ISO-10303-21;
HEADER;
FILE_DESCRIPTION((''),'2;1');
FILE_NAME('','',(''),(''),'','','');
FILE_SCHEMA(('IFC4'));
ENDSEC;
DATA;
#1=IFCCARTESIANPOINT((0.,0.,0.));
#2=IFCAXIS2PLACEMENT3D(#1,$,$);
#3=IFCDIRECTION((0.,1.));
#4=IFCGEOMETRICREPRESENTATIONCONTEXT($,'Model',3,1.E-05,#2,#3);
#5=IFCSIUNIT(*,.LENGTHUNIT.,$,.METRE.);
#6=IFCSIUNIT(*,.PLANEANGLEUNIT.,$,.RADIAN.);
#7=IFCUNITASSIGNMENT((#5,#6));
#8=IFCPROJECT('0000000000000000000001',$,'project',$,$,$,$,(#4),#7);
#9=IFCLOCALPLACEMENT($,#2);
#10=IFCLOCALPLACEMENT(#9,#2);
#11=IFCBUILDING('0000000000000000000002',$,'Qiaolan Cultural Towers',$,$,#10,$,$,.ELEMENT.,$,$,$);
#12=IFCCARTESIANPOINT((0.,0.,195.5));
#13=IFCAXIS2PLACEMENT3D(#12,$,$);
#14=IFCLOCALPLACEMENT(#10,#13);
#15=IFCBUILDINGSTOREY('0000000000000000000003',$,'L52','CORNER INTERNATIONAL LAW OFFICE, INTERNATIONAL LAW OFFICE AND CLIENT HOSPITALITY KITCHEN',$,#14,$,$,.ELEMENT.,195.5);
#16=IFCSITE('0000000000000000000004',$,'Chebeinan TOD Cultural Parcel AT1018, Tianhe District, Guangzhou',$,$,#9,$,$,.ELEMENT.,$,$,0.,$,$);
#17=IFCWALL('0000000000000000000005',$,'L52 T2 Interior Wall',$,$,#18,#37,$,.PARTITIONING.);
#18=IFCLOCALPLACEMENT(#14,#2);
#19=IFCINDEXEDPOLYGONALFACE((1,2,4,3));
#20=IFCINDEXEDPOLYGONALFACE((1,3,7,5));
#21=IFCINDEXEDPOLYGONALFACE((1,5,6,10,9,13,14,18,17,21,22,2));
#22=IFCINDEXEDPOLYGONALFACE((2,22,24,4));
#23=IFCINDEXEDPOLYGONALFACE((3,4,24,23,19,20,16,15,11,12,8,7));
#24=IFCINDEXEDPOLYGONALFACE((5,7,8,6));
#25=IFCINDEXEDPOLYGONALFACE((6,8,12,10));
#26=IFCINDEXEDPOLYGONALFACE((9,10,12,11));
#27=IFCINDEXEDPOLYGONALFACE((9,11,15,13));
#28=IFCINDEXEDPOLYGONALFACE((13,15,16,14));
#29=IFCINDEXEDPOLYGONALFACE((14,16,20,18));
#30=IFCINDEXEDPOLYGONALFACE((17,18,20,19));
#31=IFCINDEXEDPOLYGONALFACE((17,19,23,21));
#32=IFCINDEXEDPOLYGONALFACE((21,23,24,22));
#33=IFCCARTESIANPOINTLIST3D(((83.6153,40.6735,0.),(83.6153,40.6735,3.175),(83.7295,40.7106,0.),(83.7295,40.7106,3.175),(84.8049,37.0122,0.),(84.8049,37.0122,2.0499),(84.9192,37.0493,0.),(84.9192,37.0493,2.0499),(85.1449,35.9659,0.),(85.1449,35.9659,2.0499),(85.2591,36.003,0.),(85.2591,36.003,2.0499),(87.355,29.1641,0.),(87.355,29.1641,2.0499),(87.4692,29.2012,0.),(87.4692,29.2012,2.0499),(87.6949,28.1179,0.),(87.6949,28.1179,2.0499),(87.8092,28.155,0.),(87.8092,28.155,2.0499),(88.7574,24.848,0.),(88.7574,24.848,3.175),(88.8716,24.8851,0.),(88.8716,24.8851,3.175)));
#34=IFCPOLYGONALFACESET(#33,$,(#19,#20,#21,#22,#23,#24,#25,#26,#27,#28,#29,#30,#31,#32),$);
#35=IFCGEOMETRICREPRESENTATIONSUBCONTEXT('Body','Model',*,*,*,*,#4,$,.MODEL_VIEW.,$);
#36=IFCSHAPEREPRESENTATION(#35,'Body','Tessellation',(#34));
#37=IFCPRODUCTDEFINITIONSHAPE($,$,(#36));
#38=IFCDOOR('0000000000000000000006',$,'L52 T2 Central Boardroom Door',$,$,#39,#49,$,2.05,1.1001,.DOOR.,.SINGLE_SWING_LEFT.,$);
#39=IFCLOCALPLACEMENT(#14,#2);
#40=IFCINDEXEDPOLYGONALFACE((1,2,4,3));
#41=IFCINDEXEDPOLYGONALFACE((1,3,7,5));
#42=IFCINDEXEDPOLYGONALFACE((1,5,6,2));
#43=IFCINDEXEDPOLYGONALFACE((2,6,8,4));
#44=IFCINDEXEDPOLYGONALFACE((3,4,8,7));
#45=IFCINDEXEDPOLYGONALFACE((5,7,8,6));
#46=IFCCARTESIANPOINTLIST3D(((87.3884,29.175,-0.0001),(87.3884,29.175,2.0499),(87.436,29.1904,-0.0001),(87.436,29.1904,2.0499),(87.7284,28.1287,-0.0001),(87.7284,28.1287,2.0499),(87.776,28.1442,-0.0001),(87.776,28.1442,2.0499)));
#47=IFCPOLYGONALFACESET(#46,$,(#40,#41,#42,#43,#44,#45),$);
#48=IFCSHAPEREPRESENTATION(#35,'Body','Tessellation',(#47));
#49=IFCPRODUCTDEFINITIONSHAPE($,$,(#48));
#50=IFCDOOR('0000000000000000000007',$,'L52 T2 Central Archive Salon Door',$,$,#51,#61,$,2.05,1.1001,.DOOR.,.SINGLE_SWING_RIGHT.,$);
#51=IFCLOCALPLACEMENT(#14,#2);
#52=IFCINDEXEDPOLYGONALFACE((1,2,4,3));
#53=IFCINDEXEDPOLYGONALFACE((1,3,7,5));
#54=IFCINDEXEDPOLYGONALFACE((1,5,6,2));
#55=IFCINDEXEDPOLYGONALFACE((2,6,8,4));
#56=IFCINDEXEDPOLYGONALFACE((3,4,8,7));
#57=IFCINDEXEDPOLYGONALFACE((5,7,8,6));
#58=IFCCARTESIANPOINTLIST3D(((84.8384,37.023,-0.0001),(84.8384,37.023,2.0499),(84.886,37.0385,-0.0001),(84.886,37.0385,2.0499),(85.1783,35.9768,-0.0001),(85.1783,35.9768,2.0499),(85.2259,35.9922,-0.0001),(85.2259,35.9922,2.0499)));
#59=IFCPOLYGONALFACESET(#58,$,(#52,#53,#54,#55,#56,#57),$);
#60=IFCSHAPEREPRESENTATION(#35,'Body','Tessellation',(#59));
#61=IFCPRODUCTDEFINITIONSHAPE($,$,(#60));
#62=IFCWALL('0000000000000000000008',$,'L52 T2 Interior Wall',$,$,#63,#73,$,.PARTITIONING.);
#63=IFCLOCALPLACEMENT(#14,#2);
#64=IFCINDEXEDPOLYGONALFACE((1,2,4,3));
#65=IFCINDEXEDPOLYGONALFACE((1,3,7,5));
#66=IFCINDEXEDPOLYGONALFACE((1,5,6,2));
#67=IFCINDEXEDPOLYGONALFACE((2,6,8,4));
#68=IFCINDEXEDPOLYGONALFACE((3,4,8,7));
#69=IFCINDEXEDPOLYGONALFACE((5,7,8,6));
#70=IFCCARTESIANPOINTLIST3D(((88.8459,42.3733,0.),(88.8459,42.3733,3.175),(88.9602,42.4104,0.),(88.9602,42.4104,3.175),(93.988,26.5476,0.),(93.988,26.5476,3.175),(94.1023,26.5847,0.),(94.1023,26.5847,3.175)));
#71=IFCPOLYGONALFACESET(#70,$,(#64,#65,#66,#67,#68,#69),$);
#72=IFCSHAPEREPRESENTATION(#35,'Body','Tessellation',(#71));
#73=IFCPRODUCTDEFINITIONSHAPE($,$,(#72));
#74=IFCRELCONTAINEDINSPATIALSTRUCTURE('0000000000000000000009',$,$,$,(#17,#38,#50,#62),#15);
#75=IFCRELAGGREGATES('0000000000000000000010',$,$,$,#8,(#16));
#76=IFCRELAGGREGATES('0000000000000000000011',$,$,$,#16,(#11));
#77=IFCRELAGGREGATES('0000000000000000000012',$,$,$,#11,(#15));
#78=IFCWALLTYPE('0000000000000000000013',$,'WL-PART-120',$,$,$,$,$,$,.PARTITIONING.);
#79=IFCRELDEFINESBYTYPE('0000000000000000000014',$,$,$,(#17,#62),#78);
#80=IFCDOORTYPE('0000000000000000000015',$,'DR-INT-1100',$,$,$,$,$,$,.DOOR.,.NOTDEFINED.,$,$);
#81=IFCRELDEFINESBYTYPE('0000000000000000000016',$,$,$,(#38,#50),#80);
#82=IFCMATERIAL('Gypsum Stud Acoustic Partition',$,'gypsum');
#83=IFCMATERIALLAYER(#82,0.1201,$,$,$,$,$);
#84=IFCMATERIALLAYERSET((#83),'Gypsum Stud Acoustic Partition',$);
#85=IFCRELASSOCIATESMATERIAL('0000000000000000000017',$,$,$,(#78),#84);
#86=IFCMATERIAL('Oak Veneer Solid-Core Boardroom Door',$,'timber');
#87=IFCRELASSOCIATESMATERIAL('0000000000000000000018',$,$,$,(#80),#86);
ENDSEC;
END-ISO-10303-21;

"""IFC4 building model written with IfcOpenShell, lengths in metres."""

from ifc_helpers import new_model, si_unit, direction, frame, frame_2d, origin, place, context, subcontext, project, spatial, rectangle, extrude, material, layer, layer_set, type_object, element, fill, save


model = new_model("IFC4")

# Units and contexts
model_context = context("Model", 3, precision=1e-05, world=origin(), true_north=direction((0.0, 1.0)))
body_context = subcontext(model_context, "Body", "Model", "MODEL_VIEW")
ifc_project = project(units=[si_unit("LENGTHUNIT", "METRE"), si_unit("PLANEANGLEUNIT", "RADIAN")], contexts=[model_context])

# Site, building, storey
site_placement = place(None, origin())
site = spatial("IfcSite", under=ifc_project, at=site_placement, Name="Chebeinan TOD Cultural Parcel AT1018, Tianhe District, Guangzhou", CompositionType="ELEMENT", RefElevation=0.0)
building_placement = place(site_placement, origin())
building = spatial("IfcBuilding", under=site, at=building_placement, Name="Qiaolan Cultural Towers", CompositionType="ELEMENT")
storey_placement = place(building_placement, frame((0.0, 0.0, 195.5)))
storey = spatial("IfcBuildingStorey", under=building, at=storey_placement, Name="L52", Description="CORNER INTERNATIONAL LAW OFFICE, INTERNATIONAL LAW OFFICE AND CLIENT HOSPITALITY KITCHEN", CompositionType="ELEMENT", Elevation=195.5)

# Shared definitions
ifc_material_1 = material(Name="Gypsum Stud Acoustic Partition", Category="gypsum")
ifc_layer_1 = layer(ifc_material_1, 0.1201)
ifc_layer_set_1 = layer_set([ifc_layer_1], Name="Gypsum Stud Acoustic Partition")
wall_type_1 = type_object("IfcWallType", Name="WL-PART-120", PredefinedType="PARTITIONING", material=ifc_layer_set_1)

# Wall, openings, doors
wall_1_placement = place(storey_placement, frame((88.8145, 24.8667, 0.0), z_axis=(0.0, 0.0, 1.0), x_axis=(-0.309022, 0.951055, 0.0)))
wall_1 = element("IfcWall", 1, at=wall_1_placement, inside=storey, type_object=wall_type_1, Name="L52 T2 Interior Wall", PredefinedType="PARTITIONING", context=body_context, shape_type="SweptSolid", body=[
    extrude(rectangle(XDim=16.6399, YDim=0.1201, at=frame_2d((8.3198, 0.0))), origin(), (0.0, 0.0, 1.0), 3.175),
])
opening_1_placement = place(wall_1_placement, frame((3.438, 0.0, 0.0)))
opening_1 = element("IfcOpeningElement", 2, at=opening_1_placement, cuts=wall_1, PredefinedType="OPENING", context=body_context, shape_type="SweptSolid", body=[
    extrude(rectangle(XDim=1.1001, YDim=2.05, at=frame_2d((0.55, 1.0249))), frame((0.0, 0.0701, 0.0), z_axis=(0.0, -1.0, 0.0), x_axis=(1.0, 0.0, 0.0)), (0.0, 0.0, 1.0), 0.1401),
])
opening_2_placement = place(wall_1_placement, frame((11.6899, 0.0, 0.0)))
opening_2 = element("IfcOpeningElement", 3, at=opening_2_placement, cuts=wall_1, PredefinedType="OPENING", context=body_context, shape_type="SweptSolid", body=[
    extrude(rectangle(XDim=1.1001, YDim=2.05, at=frame_2d((0.55, 1.0249))), frame((0.0, 0.0701, 0.0), z_axis=(0.0, -1.0, 0.0), x_axis=(1.0, 0.0, 0.0)), (0.0, 0.0, 1.0), 0.1401),
])
ifc_material_2 = material(Name="Oak Veneer Solid-Core Boardroom Door", Category="timber")
door_type_1 = type_object("IfcDoorType", Name="DR-INT-1100", OperationType="NOTDEFINED", PredefinedType="DOOR", material=ifc_material_2)
door_1_placement = place(opening_1_placement, origin())
door_1 = element("IfcDoor", 4, at=door_1_placement, inside=storey, type_object=door_type_1, Name="L52 T2 Central Boardroom Door", OperationType="SINGLE_SWING_LEFT", OverallHeight=2.05, OverallWidth=1.1001, PredefinedType="DOOR", context=body_context, shape_type="SweptSolid", body=[
    extrude(rectangle(XDim=1.1001, YDim=2.05, at=frame_2d((0.55, 1.0249))), frame((0.0, 0.0249, 0.0), z_axis=(0.0, -1.0, 0.0), x_axis=(1.0, 0.0, 0.0)), (0.0, 0.0, 1.0), 0.05),
])
fill(opening_1, door_1)
door_2_placement = place(opening_2_placement, origin())
door_2 = element("IfcDoor", 5, at=door_2_placement, inside=storey, type_object=door_type_1, Name="L52 T2 Central Archive Salon Door", OperationType="SINGLE_SWING_RIGHT", OverallHeight=2.05, OverallWidth=1.1001, PredefinedType="DOOR", context=body_context, shape_type="SweptSolid", body=[
    extrude(rectangle(XDim=1.1001, YDim=2.05, at=frame_2d((0.55, 1.0249))), frame((0.0, 0.0249, 0.0), z_axis=(0.0, -1.0, 0.0), x_axis=(1.0, 0.0, 0.0)), (0.0, 0.0, 1.0), 0.05),
])
fill(opening_2, door_2)

# Wall
wall_2_placement = place(storey_placement, frame((94.0452, 26.5662, 0.0), z_axis=(0.0, 0.0, 1.0), x_axis=(-0.309018, 0.951056, 0.0)))
element("IfcWall", 6, at=wall_2_placement, inside=storey, type_object=wall_type_1, Name="L52 T2 Interior Wall", PredefinedType="PARTITIONING", context=body_context, shape_type="SweptSolid", body=[
    extrude(rectangle(XDim=16.6401, YDim=0.1201, at=frame_2d((8.3201, 0.0))), origin(), (0.0, 0.0, 1.0), 3.175),
])

save(model, "model.ifc")
